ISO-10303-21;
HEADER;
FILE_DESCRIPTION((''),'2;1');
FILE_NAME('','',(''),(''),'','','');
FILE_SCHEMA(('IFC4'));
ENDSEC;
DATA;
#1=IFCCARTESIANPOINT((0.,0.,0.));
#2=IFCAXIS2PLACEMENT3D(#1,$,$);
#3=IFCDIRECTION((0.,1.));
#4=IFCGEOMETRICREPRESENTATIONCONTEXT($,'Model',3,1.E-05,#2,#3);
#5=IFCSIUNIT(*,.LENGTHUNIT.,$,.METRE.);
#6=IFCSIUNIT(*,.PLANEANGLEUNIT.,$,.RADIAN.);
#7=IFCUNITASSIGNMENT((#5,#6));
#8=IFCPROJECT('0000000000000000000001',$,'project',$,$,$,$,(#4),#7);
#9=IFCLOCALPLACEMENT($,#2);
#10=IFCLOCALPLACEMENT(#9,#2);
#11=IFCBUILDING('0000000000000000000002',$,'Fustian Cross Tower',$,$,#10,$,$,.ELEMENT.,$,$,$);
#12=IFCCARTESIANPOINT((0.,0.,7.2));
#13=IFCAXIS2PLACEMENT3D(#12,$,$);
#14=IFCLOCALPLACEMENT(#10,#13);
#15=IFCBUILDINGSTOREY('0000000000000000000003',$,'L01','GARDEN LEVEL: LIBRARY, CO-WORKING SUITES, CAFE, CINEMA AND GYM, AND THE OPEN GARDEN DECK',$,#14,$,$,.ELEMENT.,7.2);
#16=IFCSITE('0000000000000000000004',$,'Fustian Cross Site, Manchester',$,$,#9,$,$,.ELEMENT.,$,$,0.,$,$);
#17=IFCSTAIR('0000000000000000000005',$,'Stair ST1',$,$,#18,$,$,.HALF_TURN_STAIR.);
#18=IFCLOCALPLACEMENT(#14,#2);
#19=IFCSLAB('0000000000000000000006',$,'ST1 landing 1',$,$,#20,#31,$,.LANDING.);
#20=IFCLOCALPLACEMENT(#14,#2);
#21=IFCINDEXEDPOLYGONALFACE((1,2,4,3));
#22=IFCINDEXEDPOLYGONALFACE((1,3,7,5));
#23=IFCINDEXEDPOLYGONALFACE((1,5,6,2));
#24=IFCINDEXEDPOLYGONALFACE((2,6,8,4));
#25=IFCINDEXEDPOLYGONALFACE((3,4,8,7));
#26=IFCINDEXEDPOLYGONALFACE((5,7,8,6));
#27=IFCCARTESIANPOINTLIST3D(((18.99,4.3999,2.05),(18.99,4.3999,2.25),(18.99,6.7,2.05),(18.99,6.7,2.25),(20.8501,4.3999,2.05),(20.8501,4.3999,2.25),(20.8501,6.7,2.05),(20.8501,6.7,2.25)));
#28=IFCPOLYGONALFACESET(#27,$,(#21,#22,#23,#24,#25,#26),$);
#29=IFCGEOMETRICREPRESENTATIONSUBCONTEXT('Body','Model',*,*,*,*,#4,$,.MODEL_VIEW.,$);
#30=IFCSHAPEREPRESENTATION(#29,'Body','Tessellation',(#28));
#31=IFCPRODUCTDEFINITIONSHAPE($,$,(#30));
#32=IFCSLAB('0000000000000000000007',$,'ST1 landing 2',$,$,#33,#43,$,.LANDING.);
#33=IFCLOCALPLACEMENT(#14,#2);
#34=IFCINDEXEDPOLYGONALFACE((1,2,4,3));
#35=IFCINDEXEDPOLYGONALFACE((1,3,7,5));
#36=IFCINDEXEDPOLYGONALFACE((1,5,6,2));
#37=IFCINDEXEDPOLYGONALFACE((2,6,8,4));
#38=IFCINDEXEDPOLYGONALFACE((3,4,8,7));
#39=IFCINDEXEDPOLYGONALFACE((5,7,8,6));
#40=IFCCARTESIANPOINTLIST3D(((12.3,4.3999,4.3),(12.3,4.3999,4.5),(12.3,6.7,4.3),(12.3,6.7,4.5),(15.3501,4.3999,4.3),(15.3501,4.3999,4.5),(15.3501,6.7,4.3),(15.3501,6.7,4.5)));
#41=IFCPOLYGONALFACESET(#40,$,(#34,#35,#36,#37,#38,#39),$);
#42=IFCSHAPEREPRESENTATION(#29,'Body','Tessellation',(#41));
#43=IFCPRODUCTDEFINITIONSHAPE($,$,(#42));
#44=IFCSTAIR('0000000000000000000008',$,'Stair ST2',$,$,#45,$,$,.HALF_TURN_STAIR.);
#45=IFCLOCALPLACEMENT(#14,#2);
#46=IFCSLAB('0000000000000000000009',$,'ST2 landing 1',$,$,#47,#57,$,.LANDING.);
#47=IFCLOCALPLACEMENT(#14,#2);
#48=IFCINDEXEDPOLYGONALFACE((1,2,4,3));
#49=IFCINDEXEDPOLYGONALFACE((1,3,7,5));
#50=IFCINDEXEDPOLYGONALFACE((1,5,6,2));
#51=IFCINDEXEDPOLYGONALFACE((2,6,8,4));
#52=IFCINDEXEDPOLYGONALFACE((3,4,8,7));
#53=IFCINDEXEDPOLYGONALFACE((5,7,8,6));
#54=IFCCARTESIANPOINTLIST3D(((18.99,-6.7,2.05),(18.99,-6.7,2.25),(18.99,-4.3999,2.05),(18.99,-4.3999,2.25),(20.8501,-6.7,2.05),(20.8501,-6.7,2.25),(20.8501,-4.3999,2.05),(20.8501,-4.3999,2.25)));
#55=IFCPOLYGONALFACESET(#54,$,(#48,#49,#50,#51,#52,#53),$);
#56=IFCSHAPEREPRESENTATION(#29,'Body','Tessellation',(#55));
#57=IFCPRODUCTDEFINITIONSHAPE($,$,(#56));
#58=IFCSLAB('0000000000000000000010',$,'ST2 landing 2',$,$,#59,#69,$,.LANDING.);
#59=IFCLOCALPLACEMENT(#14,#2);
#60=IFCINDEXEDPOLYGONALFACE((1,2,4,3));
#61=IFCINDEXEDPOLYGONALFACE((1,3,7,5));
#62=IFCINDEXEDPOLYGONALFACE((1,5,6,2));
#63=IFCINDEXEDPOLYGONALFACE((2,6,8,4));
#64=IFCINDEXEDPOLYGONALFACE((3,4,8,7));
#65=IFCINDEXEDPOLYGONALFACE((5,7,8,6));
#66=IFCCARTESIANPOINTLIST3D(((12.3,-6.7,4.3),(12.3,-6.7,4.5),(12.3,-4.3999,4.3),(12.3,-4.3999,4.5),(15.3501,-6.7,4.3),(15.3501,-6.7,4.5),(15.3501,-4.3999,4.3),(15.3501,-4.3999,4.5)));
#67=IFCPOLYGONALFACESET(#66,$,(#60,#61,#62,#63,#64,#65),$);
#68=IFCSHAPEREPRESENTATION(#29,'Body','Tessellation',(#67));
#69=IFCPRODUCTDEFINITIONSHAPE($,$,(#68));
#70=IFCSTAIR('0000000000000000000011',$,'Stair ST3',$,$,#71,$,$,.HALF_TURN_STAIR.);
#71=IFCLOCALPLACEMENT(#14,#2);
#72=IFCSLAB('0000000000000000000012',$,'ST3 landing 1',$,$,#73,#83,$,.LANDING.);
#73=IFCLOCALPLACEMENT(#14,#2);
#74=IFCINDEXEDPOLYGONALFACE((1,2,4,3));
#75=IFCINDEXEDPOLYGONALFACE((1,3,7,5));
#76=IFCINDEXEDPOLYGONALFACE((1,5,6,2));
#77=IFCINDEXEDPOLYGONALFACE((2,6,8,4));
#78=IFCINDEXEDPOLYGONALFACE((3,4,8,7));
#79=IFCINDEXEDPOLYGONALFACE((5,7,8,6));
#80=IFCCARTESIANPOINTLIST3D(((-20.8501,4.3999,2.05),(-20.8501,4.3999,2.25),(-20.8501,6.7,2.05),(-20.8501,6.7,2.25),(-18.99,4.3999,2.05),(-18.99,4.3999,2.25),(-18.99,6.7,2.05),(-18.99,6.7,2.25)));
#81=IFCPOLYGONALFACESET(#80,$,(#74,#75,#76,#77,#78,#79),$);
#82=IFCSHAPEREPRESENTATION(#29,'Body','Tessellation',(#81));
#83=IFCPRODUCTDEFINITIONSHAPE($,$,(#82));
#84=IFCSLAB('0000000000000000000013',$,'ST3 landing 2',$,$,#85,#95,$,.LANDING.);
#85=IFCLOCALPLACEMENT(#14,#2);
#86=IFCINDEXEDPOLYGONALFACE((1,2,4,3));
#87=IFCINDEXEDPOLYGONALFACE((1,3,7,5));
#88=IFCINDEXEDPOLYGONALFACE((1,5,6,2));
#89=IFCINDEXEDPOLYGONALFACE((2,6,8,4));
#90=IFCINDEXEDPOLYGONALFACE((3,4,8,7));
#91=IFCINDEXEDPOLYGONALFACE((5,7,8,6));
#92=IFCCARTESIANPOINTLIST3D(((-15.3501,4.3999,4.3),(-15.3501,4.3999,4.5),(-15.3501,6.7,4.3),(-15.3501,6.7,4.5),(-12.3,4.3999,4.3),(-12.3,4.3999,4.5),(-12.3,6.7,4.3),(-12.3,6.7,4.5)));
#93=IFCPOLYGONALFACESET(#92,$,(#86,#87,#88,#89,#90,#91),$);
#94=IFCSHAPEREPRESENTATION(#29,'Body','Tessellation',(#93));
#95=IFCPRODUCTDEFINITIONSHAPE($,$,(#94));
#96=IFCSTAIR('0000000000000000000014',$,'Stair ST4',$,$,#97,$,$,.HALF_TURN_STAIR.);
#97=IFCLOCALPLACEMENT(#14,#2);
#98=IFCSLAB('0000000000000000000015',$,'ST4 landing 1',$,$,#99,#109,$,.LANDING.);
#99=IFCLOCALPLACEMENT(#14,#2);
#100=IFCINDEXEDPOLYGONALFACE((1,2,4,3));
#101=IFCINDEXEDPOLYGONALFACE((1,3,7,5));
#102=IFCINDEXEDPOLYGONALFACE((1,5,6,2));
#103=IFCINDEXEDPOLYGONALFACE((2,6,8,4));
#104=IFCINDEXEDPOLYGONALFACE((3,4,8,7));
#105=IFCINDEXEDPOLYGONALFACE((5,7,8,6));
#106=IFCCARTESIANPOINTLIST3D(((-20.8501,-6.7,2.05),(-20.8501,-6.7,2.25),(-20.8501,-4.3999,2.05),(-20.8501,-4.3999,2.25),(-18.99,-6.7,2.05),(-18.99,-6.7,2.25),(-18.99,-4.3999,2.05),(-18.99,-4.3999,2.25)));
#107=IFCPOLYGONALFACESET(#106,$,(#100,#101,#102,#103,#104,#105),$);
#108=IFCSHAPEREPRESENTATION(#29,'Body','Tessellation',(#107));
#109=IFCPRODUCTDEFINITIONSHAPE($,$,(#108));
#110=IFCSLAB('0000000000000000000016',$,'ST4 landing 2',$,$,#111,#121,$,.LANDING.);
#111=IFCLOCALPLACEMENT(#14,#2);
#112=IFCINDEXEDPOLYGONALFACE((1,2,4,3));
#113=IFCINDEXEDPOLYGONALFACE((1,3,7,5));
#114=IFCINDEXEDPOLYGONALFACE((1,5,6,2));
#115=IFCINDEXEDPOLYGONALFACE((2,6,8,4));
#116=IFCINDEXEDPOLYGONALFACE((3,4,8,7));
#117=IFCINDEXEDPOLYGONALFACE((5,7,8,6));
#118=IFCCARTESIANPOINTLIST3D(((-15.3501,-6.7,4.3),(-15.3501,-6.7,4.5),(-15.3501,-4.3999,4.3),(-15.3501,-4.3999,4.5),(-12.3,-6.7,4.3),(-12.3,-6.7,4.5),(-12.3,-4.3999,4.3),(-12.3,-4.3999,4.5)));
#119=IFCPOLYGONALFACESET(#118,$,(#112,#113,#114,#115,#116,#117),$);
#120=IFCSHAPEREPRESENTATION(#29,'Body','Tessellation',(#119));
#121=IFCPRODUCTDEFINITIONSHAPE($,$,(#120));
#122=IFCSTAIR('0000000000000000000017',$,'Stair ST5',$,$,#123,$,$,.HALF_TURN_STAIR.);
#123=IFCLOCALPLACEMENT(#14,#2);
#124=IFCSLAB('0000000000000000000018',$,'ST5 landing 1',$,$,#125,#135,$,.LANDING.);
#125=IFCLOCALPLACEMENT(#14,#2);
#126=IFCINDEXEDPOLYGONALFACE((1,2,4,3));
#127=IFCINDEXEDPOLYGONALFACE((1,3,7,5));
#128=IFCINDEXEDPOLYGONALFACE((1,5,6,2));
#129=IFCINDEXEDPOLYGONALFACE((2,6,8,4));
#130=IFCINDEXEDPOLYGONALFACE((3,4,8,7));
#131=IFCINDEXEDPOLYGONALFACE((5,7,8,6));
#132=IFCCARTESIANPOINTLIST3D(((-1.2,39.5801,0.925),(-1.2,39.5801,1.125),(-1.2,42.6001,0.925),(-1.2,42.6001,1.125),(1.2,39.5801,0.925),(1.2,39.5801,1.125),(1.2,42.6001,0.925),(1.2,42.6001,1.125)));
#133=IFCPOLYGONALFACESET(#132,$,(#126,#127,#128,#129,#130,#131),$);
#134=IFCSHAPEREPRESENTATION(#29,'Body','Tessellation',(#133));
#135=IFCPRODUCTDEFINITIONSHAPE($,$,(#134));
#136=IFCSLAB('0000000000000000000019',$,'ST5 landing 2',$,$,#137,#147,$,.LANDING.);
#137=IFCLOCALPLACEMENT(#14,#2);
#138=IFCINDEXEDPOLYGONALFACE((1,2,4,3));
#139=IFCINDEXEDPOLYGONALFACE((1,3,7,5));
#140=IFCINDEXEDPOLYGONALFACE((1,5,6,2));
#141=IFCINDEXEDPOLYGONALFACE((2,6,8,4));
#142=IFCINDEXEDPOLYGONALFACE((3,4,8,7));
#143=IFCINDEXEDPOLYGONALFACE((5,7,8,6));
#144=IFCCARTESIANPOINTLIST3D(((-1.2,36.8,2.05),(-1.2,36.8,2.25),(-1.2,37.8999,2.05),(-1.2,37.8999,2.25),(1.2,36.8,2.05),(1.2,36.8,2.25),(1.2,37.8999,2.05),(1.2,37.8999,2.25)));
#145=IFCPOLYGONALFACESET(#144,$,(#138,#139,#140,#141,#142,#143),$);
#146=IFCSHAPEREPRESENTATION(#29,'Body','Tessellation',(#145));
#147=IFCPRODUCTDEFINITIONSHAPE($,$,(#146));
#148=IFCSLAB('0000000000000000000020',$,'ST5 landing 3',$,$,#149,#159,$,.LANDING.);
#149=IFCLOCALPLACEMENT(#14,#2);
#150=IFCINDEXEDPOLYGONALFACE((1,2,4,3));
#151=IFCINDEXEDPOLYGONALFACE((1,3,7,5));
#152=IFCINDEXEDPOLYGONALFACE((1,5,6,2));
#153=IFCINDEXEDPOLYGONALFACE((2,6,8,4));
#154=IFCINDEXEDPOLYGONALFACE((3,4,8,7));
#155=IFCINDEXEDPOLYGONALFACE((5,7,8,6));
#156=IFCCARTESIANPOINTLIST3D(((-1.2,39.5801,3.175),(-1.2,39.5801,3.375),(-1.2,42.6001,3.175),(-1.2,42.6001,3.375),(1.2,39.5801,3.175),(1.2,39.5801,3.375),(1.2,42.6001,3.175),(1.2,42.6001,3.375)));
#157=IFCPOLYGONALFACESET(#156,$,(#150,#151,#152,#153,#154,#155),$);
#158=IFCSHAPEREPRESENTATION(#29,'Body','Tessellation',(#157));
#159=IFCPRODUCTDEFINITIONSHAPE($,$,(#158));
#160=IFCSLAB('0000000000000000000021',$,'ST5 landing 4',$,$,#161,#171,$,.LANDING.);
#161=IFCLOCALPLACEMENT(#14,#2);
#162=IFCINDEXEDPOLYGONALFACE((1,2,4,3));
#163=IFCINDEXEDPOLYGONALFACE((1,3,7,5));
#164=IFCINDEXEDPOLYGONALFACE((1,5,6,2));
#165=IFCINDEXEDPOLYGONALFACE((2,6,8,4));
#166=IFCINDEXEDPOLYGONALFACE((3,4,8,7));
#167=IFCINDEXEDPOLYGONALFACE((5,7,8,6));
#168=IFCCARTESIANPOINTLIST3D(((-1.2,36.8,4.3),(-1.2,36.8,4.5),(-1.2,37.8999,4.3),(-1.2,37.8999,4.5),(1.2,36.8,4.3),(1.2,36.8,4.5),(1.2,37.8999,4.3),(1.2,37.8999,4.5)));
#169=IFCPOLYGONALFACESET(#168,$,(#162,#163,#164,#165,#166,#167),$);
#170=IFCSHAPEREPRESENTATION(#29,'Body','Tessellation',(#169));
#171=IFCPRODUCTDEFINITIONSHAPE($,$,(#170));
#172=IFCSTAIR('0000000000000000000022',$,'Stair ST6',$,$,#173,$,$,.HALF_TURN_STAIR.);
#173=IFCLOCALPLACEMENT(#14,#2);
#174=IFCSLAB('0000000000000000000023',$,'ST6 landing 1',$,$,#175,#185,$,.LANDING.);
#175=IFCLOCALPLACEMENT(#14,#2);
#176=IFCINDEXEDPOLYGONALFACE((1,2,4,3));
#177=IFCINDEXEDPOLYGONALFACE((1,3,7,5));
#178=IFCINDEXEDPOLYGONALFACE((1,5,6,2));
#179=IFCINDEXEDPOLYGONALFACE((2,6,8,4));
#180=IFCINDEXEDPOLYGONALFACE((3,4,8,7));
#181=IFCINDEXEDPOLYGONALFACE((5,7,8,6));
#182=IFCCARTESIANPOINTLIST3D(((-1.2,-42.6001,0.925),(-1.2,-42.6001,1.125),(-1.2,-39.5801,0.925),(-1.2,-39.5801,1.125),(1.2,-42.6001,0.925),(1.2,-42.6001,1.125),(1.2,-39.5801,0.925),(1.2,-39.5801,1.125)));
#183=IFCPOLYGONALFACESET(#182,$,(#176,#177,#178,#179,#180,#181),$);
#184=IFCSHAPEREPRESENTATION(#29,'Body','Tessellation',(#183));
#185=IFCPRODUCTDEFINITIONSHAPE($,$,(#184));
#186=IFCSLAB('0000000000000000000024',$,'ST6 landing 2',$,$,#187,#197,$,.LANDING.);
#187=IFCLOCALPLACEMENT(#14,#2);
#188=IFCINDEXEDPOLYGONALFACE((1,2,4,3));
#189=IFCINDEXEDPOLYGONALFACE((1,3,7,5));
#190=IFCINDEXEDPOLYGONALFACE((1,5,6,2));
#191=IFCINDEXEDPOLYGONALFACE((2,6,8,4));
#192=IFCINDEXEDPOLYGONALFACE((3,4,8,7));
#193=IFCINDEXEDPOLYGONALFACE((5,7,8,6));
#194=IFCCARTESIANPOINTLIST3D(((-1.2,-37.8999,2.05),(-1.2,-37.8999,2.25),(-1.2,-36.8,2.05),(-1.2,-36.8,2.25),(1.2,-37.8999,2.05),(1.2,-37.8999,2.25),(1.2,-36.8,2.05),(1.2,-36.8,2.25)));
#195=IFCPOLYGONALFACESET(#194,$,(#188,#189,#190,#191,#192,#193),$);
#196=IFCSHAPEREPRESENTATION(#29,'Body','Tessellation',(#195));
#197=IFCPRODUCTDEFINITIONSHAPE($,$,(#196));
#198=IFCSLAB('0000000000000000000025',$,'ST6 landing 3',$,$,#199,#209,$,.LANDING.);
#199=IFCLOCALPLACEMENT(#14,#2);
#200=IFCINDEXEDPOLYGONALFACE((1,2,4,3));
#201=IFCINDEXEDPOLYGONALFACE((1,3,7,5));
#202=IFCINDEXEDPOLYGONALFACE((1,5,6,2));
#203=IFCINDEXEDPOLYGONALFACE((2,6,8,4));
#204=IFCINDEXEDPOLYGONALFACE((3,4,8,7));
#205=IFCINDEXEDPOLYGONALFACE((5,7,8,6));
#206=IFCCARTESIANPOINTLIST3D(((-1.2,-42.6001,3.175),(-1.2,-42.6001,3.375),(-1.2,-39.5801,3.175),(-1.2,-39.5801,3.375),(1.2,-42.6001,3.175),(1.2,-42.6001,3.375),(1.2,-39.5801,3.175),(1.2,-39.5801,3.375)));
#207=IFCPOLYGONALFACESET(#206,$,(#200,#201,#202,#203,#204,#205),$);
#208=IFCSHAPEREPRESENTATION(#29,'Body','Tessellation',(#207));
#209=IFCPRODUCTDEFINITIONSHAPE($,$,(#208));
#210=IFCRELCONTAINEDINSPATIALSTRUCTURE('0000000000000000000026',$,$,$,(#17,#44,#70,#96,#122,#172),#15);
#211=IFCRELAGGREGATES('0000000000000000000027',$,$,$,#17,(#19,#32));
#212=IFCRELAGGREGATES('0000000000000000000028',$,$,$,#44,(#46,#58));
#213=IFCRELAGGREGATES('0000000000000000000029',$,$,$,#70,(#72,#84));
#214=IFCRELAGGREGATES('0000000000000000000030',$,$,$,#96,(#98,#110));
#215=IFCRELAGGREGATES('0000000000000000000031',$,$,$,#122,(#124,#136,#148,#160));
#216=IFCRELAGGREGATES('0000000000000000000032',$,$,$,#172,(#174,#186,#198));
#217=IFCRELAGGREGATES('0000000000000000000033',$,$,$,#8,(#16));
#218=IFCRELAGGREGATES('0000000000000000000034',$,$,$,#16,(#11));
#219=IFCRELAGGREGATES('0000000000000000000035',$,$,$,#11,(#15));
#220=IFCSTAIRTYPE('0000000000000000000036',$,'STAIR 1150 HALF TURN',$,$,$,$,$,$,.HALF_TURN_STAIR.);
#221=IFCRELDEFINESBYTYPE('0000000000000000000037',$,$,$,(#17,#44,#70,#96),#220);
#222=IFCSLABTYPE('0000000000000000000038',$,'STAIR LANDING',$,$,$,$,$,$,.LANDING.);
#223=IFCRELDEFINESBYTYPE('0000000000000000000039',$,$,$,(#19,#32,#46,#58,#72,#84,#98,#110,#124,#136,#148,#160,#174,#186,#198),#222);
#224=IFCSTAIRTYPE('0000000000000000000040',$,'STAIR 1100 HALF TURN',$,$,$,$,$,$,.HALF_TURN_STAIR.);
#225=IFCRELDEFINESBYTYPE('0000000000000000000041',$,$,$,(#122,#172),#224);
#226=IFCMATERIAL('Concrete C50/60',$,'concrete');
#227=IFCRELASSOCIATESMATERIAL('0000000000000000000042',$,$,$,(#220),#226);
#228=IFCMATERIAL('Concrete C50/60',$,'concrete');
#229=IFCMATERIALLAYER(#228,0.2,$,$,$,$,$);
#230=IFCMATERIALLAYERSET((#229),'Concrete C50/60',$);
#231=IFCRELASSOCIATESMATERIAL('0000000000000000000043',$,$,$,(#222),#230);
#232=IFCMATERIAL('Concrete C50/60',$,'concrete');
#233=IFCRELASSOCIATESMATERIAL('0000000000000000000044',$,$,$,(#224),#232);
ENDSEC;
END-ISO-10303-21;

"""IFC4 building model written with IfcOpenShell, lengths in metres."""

from ifc_helpers import new_model, si_unit, direction, frame, origin, place, context, subcontext, project, spatial, polyline, outline, extrude, material, layer, layer_set, type_object, element, aggregate, save


model = new_model("IFC4")

# Units and contexts
model_context = context("Model", 3, precision=1e-05, world=origin(), true_north=direction((0.0, 1.0)))
body_context = subcontext(model_context, "Body", "Model", "MODEL_VIEW")
ifc_project = project(units=[si_unit("LENGTHUNIT", "METRE"), si_unit("PLANEANGLEUNIT", "RADIAN")], contexts=[model_context])

# Site, building, storey
site_placement = place(None, origin())
site = spatial("IfcSite", under=ifc_project, at=site_placement, Name="Fustian Cross Site, Manchester", CompositionType="ELEMENT", RefElevation=0.0)
building_placement = place(site_placement, origin())
building = spatial("IfcBuilding", under=site, at=building_placement, Name="Fustian Cross Tower", CompositionType="ELEMENT")
storey_placement = place(building_placement, frame((0.0, 0.0, 7.2)))
storey = spatial("IfcBuildingStorey", under=building, at=storey_placement, Name="L01", Description="GARDEN LEVEL: LIBRARY, CO-WORKING SUITES, CAFE, CINEMA AND GYM, AND THE OPEN GARDEN DECK", CompositionType="ELEMENT", Elevation=7.2)

# Stairs, slabs
ifc_material_1 = material(Name="Concrete C50/60", Category="concrete")
stair_type_1 = type_object("IfcStairType", Name="STAIR 1150 HALF TURN", PredefinedType="HALF_TURN_STAIR", material=ifc_material_1)
stair_1_placement = place(storey_placement, origin())
stair_1 = element("IfcStair", 1, at=stair_1_placement, inside=storey, type_object=stair_type_1, Name="Stair ST1", PredefinedType="HALF_TURN_STAIR")
ifc_material_2 = material(Name="Concrete C50/60", Category="concrete")
ifc_layer = layer(ifc_material_2, 0.2)
ifc_layer_set = layer_set([ifc_layer], Name="Concrete C50/60")
slab_type = type_object("IfcSlabType", Name="STAIR LANDING", PredefinedType="LANDING", material=ifc_layer_set)
slab_1_placement = place(storey_placement, frame((0.0, 0.0, 2.05)))
slab_1 = element("IfcSlab", 2, at=slab_1_placement, type_object=slab_type, Name="ST1 landing 1", PredefinedType="LANDING", context=body_context, shape_type="SweptSolid", body=[
    extrude(outline(polyline([(18.99, 4.3999), (20.8501, 4.3999), (20.8501, 6.7), (18.99, 6.7), (18.99, 4.3999)])), origin(), (0.0, 0.0, 1.0), 0.2),
])
slab_2_placement = place(storey_placement, frame((0.0, 0.0, 4.3)))
slab_2 = element("IfcSlab", 3, at=slab_2_placement, type_object=slab_type, Name="ST1 landing 2", PredefinedType="LANDING", context=body_context, shape_type="SweptSolid", body=[
    extrude(outline(polyline([(12.3, 4.3999), (15.3501, 4.3999), (15.3501, 6.7), (12.3, 6.7), (12.3, 4.3999)])), origin(), (0.0, 0.0, 1.0), 0.2),
])
aggregate(stair_1, [slab_1, slab_2])
stair_2_placement = place(storey_placement, origin())
stair_2 = element("IfcStair", 4, at=stair_2_placement, inside=storey, type_object=stair_type_1, Name="Stair ST2", PredefinedType="HALF_TURN_STAIR")
slab_3_placement = place(storey_placement, frame((0.0, 0.0, 2.05)))
slab_3 = element("IfcSlab", 5, at=slab_3_placement, type_object=slab_type, Name="ST2 landing 1", PredefinedType="LANDING", context=body_context, shape_type="SweptSolid", body=[
    extrude(outline(polyline([(18.99, -4.3999), (20.8501, -4.3999), (20.8501, -6.7), (18.99, -6.7), (18.99, -4.3999)])), origin(), (0.0, 0.0, 1.0), 0.2),
])
slab_4_placement = place(storey_placement, frame((0.0, 0.0, 4.3)))
slab_4 = element("IfcSlab", 6, at=slab_4_placement, type_object=slab_type, Name="ST2 landing 2", PredefinedType="LANDING", context=body_context, shape_type="SweptSolid", body=[
    extrude(outline(polyline([(12.3, -4.3999), (15.3501, -4.3999), (15.3501, -6.7), (12.3, -6.7), (12.3, -4.3999)])), origin(), (0.0, 0.0, 1.0), 0.2),
])
aggregate(stair_2, [slab_3, slab_4])
stair_3_placement = place(storey_placement, origin())
stair_3 = element("IfcStair", 7, at=stair_3_placement, inside=storey, type_object=stair_type_1, Name="Stair ST3", PredefinedType="HALF_TURN_STAIR")
slab_5_placement = place(storey_placement, frame((0.0, 0.0, 2.05)))
slab_5 = element("IfcSlab", 8, at=slab_5_placement, type_object=slab_type, Name="ST3 landing 1", PredefinedType="LANDING", context=body_context, shape_type="SweptSolid", body=[
    extrude(outline(polyline([(-18.99, 4.3999), (-20.8501, 4.3999), (-20.8501, 6.7), (-18.99, 6.7), (-18.99, 4.3999)])), origin(), (0.0, 0.0, 1.0), 0.2),
])
slab_6_placement = place(storey_placement, frame((0.0, 0.0, 4.3)))
slab_6 = element("IfcSlab", 9, at=slab_6_placement, type_object=slab_type, Name="ST3 landing 2", PredefinedType="LANDING", context=body_context, shape_type="SweptSolid", body=[
    extrude(outline(polyline([(-12.3, 4.3999), (-15.3501, 4.3999), (-15.3501, 6.7), (-12.3, 6.7), (-12.3, 4.3999)])), origin(), (0.0, 0.0, 1.0), 0.2),
])
aggregate(stair_3, [slab_5, slab_6])
stair_4_placement = place(storey_placement, origin())
stair_4 = element("IfcStair", 10, at=stair_4_placement, inside=storey, type_object=stair_type_1, Name="Stair ST4", PredefinedType="HALF_TURN_STAIR")
slab_7_placement = place(storey_placement, frame((0.0, 0.0, 2.05)))
slab_7 = element("IfcSlab", 11, at=slab_7_placement, type_object=slab_type, Name="ST4 landing 1", PredefinedType="LANDING", context=body_context, shape_type="SweptSolid", body=[
    extrude(outline(polyline([(-18.99, -4.3999), (-20.8501, -4.3999), (-20.8501, -6.7), (-18.99, -6.7), (-18.99, -4.3999)])), origin(), (0.0, 0.0, 1.0), 0.2),
])
slab_8_placement = place(storey_placement, frame((0.0, 0.0, 4.3)))
slab_8 = element("IfcSlab", 12, at=slab_8_placement, type_object=slab_type, Name="ST4 landing 2", PredefinedType="LANDING", context=body_context, shape_type="SweptSolid", body=[
    extrude(outline(polyline([(-12.3, -4.3999), (-15.3501, -4.3999), (-15.3501, -6.7), (-12.3, -6.7), (-12.3, -4.3999)])), origin(), (0.0, 0.0, 1.0), 0.2),
])
aggregate(stair_4, [slab_7, slab_8])
ifc_material_3 = material(Name="Concrete C50/60", Category="concrete")
stair_type_2 = type_object("IfcStairType", Name="STAIR 1100 HALF TURN", PredefinedType="HALF_TURN_STAIR", material=ifc_material_3)
stair_5_placement = place(storey_placement, origin())
stair_5 = element("IfcStair", 13, at=stair_5_placement, inside=storey, type_object=stair_type_2, Name="Stair ST5", PredefinedType="HALF_TURN_STAIR")
slab_9_placement = place(storey_placement, frame((0.0, 0.0, 0.925)))
slab_9 = element("IfcSlab", 14, at=slab_9_placement, type_object=slab_type, Name="ST5 landing 1", PredefinedType="LANDING", context=body_context, shape_type="SweptSolid", body=[
    extrude(outline(polyline([(-1.2, 39.5801), (-1.2, 42.6001), (1.2, 42.6001), (1.2, 39.5801), (-1.2, 39.5801)])), origin(), (0.0, 0.0, 1.0), 0.2),
])
slab_10_placement = place(storey_placement, frame((0.0, 0.0, 2.05)))
slab_10 = element("IfcSlab", 15, at=slab_10_placement, type_object=slab_type, Name="ST5 landing 2", PredefinedType="LANDING", context=body_context, shape_type="SweptSolid", body=[
    extrude(outline(polyline([(-1.2, 36.8), (-1.2, 37.8999), (1.2, 37.8999), (1.2, 36.8), (-1.2, 36.8)])), origin(), (0.0, 0.0, 1.0), 0.2),
])
slab_11_placement = place(storey_placement, frame((0.0, 0.0, 3.175)))
slab_11 = element("IfcSlab", 16, at=slab_11_placement, type_object=slab_type, Name="ST5 landing 3", PredefinedType="LANDING", context=body_context, shape_type="SweptSolid", body=[
    extrude(outline(polyline([(-1.2, 39.5801), (-1.2, 42.6001), (1.2, 42.6001), (1.2, 39.5801), (-1.2, 39.5801)])), origin(), (0.0, 0.0, 1.0), 0.2),
])
slab_12_placement = place(storey_placement, frame((0.0, 0.0, 4.3)))
slab_12 = element("IfcSlab", 17, at=slab_12_placement, type_object=slab_type, Name="ST5 landing 4", PredefinedType="LANDING", context=body_context, shape_type="SweptSolid", body=[
    extrude(outline(polyline([(-1.2, 36.8), (-1.2, 37.8999), (1.2, 37.8999), (1.2, 36.8), (-1.2, 36.8)])), origin(), (0.0, 0.0, 1.0), 0.2),
])
aggregate(stair_5, [slab_9, slab_10, slab_11, slab_12])
stair_6_placement = place(storey_placement, origin())
stair_6 = element("IfcStair", 18, at=stair_6_placement, inside=storey, type_object=stair_type_2, Name="Stair ST6", PredefinedType="HALF_TURN_STAIR")
slab_13_placement = place(storey_placement, frame((0.0, 0.0, 0.925)))
slab_13 = element("IfcSlab", 19, at=slab_13_placement, type_object=slab_type, Name="ST6 landing 1", PredefinedType="LANDING", context=body_context, shape_type="SweptSolid", body=[
    extrude(outline(polyline([(-1.2, -39.5801), (-1.2, -42.6001), (1.2, -42.6001), (1.2, -39.5801), (-1.2, -39.5801)])), origin(), (0.0, 0.0, 1.0), 0.2),
])
slab_14_placement = place(storey_placement, frame((0.0, 0.0, 2.05)))
slab_14 = element("IfcSlab", 20, at=slab_14_placement, type_object=slab_type, Name="ST6 landing 2", PredefinedType="LANDING", context=body_context, shape_type="SweptSolid", body=[
    extrude(outline(polyline([(-1.2, -36.8), (-1.2, -37.8999), (1.2, -37.8999), (1.2, -36.8), (-1.2, -36.8)])), origin(), (0.0, 0.0, 1.0), 0.2),
])
slab_15_placement = place(storey_placement, frame((0.0, 0.0, 3.175)))
slab_15 = element("IfcSlab", 21, at=slab_15_placement, type_object=slab_type, Name="ST6 landing 3", PredefinedType="LANDING", context=body_context, shape_type="SweptSolid", body=[
    extrude(outline(polyline([(-1.2, -39.5801), (-1.2, -42.6001), (1.2, -42.6001), (1.2, -39.5801), (-1.2, -39.5801)])), origin(), (0.0, 0.0, 1.0), 0.2),
])
aggregate(stair_6, [slab_13, slab_14, slab_15])

save(model, "model.ifc")
